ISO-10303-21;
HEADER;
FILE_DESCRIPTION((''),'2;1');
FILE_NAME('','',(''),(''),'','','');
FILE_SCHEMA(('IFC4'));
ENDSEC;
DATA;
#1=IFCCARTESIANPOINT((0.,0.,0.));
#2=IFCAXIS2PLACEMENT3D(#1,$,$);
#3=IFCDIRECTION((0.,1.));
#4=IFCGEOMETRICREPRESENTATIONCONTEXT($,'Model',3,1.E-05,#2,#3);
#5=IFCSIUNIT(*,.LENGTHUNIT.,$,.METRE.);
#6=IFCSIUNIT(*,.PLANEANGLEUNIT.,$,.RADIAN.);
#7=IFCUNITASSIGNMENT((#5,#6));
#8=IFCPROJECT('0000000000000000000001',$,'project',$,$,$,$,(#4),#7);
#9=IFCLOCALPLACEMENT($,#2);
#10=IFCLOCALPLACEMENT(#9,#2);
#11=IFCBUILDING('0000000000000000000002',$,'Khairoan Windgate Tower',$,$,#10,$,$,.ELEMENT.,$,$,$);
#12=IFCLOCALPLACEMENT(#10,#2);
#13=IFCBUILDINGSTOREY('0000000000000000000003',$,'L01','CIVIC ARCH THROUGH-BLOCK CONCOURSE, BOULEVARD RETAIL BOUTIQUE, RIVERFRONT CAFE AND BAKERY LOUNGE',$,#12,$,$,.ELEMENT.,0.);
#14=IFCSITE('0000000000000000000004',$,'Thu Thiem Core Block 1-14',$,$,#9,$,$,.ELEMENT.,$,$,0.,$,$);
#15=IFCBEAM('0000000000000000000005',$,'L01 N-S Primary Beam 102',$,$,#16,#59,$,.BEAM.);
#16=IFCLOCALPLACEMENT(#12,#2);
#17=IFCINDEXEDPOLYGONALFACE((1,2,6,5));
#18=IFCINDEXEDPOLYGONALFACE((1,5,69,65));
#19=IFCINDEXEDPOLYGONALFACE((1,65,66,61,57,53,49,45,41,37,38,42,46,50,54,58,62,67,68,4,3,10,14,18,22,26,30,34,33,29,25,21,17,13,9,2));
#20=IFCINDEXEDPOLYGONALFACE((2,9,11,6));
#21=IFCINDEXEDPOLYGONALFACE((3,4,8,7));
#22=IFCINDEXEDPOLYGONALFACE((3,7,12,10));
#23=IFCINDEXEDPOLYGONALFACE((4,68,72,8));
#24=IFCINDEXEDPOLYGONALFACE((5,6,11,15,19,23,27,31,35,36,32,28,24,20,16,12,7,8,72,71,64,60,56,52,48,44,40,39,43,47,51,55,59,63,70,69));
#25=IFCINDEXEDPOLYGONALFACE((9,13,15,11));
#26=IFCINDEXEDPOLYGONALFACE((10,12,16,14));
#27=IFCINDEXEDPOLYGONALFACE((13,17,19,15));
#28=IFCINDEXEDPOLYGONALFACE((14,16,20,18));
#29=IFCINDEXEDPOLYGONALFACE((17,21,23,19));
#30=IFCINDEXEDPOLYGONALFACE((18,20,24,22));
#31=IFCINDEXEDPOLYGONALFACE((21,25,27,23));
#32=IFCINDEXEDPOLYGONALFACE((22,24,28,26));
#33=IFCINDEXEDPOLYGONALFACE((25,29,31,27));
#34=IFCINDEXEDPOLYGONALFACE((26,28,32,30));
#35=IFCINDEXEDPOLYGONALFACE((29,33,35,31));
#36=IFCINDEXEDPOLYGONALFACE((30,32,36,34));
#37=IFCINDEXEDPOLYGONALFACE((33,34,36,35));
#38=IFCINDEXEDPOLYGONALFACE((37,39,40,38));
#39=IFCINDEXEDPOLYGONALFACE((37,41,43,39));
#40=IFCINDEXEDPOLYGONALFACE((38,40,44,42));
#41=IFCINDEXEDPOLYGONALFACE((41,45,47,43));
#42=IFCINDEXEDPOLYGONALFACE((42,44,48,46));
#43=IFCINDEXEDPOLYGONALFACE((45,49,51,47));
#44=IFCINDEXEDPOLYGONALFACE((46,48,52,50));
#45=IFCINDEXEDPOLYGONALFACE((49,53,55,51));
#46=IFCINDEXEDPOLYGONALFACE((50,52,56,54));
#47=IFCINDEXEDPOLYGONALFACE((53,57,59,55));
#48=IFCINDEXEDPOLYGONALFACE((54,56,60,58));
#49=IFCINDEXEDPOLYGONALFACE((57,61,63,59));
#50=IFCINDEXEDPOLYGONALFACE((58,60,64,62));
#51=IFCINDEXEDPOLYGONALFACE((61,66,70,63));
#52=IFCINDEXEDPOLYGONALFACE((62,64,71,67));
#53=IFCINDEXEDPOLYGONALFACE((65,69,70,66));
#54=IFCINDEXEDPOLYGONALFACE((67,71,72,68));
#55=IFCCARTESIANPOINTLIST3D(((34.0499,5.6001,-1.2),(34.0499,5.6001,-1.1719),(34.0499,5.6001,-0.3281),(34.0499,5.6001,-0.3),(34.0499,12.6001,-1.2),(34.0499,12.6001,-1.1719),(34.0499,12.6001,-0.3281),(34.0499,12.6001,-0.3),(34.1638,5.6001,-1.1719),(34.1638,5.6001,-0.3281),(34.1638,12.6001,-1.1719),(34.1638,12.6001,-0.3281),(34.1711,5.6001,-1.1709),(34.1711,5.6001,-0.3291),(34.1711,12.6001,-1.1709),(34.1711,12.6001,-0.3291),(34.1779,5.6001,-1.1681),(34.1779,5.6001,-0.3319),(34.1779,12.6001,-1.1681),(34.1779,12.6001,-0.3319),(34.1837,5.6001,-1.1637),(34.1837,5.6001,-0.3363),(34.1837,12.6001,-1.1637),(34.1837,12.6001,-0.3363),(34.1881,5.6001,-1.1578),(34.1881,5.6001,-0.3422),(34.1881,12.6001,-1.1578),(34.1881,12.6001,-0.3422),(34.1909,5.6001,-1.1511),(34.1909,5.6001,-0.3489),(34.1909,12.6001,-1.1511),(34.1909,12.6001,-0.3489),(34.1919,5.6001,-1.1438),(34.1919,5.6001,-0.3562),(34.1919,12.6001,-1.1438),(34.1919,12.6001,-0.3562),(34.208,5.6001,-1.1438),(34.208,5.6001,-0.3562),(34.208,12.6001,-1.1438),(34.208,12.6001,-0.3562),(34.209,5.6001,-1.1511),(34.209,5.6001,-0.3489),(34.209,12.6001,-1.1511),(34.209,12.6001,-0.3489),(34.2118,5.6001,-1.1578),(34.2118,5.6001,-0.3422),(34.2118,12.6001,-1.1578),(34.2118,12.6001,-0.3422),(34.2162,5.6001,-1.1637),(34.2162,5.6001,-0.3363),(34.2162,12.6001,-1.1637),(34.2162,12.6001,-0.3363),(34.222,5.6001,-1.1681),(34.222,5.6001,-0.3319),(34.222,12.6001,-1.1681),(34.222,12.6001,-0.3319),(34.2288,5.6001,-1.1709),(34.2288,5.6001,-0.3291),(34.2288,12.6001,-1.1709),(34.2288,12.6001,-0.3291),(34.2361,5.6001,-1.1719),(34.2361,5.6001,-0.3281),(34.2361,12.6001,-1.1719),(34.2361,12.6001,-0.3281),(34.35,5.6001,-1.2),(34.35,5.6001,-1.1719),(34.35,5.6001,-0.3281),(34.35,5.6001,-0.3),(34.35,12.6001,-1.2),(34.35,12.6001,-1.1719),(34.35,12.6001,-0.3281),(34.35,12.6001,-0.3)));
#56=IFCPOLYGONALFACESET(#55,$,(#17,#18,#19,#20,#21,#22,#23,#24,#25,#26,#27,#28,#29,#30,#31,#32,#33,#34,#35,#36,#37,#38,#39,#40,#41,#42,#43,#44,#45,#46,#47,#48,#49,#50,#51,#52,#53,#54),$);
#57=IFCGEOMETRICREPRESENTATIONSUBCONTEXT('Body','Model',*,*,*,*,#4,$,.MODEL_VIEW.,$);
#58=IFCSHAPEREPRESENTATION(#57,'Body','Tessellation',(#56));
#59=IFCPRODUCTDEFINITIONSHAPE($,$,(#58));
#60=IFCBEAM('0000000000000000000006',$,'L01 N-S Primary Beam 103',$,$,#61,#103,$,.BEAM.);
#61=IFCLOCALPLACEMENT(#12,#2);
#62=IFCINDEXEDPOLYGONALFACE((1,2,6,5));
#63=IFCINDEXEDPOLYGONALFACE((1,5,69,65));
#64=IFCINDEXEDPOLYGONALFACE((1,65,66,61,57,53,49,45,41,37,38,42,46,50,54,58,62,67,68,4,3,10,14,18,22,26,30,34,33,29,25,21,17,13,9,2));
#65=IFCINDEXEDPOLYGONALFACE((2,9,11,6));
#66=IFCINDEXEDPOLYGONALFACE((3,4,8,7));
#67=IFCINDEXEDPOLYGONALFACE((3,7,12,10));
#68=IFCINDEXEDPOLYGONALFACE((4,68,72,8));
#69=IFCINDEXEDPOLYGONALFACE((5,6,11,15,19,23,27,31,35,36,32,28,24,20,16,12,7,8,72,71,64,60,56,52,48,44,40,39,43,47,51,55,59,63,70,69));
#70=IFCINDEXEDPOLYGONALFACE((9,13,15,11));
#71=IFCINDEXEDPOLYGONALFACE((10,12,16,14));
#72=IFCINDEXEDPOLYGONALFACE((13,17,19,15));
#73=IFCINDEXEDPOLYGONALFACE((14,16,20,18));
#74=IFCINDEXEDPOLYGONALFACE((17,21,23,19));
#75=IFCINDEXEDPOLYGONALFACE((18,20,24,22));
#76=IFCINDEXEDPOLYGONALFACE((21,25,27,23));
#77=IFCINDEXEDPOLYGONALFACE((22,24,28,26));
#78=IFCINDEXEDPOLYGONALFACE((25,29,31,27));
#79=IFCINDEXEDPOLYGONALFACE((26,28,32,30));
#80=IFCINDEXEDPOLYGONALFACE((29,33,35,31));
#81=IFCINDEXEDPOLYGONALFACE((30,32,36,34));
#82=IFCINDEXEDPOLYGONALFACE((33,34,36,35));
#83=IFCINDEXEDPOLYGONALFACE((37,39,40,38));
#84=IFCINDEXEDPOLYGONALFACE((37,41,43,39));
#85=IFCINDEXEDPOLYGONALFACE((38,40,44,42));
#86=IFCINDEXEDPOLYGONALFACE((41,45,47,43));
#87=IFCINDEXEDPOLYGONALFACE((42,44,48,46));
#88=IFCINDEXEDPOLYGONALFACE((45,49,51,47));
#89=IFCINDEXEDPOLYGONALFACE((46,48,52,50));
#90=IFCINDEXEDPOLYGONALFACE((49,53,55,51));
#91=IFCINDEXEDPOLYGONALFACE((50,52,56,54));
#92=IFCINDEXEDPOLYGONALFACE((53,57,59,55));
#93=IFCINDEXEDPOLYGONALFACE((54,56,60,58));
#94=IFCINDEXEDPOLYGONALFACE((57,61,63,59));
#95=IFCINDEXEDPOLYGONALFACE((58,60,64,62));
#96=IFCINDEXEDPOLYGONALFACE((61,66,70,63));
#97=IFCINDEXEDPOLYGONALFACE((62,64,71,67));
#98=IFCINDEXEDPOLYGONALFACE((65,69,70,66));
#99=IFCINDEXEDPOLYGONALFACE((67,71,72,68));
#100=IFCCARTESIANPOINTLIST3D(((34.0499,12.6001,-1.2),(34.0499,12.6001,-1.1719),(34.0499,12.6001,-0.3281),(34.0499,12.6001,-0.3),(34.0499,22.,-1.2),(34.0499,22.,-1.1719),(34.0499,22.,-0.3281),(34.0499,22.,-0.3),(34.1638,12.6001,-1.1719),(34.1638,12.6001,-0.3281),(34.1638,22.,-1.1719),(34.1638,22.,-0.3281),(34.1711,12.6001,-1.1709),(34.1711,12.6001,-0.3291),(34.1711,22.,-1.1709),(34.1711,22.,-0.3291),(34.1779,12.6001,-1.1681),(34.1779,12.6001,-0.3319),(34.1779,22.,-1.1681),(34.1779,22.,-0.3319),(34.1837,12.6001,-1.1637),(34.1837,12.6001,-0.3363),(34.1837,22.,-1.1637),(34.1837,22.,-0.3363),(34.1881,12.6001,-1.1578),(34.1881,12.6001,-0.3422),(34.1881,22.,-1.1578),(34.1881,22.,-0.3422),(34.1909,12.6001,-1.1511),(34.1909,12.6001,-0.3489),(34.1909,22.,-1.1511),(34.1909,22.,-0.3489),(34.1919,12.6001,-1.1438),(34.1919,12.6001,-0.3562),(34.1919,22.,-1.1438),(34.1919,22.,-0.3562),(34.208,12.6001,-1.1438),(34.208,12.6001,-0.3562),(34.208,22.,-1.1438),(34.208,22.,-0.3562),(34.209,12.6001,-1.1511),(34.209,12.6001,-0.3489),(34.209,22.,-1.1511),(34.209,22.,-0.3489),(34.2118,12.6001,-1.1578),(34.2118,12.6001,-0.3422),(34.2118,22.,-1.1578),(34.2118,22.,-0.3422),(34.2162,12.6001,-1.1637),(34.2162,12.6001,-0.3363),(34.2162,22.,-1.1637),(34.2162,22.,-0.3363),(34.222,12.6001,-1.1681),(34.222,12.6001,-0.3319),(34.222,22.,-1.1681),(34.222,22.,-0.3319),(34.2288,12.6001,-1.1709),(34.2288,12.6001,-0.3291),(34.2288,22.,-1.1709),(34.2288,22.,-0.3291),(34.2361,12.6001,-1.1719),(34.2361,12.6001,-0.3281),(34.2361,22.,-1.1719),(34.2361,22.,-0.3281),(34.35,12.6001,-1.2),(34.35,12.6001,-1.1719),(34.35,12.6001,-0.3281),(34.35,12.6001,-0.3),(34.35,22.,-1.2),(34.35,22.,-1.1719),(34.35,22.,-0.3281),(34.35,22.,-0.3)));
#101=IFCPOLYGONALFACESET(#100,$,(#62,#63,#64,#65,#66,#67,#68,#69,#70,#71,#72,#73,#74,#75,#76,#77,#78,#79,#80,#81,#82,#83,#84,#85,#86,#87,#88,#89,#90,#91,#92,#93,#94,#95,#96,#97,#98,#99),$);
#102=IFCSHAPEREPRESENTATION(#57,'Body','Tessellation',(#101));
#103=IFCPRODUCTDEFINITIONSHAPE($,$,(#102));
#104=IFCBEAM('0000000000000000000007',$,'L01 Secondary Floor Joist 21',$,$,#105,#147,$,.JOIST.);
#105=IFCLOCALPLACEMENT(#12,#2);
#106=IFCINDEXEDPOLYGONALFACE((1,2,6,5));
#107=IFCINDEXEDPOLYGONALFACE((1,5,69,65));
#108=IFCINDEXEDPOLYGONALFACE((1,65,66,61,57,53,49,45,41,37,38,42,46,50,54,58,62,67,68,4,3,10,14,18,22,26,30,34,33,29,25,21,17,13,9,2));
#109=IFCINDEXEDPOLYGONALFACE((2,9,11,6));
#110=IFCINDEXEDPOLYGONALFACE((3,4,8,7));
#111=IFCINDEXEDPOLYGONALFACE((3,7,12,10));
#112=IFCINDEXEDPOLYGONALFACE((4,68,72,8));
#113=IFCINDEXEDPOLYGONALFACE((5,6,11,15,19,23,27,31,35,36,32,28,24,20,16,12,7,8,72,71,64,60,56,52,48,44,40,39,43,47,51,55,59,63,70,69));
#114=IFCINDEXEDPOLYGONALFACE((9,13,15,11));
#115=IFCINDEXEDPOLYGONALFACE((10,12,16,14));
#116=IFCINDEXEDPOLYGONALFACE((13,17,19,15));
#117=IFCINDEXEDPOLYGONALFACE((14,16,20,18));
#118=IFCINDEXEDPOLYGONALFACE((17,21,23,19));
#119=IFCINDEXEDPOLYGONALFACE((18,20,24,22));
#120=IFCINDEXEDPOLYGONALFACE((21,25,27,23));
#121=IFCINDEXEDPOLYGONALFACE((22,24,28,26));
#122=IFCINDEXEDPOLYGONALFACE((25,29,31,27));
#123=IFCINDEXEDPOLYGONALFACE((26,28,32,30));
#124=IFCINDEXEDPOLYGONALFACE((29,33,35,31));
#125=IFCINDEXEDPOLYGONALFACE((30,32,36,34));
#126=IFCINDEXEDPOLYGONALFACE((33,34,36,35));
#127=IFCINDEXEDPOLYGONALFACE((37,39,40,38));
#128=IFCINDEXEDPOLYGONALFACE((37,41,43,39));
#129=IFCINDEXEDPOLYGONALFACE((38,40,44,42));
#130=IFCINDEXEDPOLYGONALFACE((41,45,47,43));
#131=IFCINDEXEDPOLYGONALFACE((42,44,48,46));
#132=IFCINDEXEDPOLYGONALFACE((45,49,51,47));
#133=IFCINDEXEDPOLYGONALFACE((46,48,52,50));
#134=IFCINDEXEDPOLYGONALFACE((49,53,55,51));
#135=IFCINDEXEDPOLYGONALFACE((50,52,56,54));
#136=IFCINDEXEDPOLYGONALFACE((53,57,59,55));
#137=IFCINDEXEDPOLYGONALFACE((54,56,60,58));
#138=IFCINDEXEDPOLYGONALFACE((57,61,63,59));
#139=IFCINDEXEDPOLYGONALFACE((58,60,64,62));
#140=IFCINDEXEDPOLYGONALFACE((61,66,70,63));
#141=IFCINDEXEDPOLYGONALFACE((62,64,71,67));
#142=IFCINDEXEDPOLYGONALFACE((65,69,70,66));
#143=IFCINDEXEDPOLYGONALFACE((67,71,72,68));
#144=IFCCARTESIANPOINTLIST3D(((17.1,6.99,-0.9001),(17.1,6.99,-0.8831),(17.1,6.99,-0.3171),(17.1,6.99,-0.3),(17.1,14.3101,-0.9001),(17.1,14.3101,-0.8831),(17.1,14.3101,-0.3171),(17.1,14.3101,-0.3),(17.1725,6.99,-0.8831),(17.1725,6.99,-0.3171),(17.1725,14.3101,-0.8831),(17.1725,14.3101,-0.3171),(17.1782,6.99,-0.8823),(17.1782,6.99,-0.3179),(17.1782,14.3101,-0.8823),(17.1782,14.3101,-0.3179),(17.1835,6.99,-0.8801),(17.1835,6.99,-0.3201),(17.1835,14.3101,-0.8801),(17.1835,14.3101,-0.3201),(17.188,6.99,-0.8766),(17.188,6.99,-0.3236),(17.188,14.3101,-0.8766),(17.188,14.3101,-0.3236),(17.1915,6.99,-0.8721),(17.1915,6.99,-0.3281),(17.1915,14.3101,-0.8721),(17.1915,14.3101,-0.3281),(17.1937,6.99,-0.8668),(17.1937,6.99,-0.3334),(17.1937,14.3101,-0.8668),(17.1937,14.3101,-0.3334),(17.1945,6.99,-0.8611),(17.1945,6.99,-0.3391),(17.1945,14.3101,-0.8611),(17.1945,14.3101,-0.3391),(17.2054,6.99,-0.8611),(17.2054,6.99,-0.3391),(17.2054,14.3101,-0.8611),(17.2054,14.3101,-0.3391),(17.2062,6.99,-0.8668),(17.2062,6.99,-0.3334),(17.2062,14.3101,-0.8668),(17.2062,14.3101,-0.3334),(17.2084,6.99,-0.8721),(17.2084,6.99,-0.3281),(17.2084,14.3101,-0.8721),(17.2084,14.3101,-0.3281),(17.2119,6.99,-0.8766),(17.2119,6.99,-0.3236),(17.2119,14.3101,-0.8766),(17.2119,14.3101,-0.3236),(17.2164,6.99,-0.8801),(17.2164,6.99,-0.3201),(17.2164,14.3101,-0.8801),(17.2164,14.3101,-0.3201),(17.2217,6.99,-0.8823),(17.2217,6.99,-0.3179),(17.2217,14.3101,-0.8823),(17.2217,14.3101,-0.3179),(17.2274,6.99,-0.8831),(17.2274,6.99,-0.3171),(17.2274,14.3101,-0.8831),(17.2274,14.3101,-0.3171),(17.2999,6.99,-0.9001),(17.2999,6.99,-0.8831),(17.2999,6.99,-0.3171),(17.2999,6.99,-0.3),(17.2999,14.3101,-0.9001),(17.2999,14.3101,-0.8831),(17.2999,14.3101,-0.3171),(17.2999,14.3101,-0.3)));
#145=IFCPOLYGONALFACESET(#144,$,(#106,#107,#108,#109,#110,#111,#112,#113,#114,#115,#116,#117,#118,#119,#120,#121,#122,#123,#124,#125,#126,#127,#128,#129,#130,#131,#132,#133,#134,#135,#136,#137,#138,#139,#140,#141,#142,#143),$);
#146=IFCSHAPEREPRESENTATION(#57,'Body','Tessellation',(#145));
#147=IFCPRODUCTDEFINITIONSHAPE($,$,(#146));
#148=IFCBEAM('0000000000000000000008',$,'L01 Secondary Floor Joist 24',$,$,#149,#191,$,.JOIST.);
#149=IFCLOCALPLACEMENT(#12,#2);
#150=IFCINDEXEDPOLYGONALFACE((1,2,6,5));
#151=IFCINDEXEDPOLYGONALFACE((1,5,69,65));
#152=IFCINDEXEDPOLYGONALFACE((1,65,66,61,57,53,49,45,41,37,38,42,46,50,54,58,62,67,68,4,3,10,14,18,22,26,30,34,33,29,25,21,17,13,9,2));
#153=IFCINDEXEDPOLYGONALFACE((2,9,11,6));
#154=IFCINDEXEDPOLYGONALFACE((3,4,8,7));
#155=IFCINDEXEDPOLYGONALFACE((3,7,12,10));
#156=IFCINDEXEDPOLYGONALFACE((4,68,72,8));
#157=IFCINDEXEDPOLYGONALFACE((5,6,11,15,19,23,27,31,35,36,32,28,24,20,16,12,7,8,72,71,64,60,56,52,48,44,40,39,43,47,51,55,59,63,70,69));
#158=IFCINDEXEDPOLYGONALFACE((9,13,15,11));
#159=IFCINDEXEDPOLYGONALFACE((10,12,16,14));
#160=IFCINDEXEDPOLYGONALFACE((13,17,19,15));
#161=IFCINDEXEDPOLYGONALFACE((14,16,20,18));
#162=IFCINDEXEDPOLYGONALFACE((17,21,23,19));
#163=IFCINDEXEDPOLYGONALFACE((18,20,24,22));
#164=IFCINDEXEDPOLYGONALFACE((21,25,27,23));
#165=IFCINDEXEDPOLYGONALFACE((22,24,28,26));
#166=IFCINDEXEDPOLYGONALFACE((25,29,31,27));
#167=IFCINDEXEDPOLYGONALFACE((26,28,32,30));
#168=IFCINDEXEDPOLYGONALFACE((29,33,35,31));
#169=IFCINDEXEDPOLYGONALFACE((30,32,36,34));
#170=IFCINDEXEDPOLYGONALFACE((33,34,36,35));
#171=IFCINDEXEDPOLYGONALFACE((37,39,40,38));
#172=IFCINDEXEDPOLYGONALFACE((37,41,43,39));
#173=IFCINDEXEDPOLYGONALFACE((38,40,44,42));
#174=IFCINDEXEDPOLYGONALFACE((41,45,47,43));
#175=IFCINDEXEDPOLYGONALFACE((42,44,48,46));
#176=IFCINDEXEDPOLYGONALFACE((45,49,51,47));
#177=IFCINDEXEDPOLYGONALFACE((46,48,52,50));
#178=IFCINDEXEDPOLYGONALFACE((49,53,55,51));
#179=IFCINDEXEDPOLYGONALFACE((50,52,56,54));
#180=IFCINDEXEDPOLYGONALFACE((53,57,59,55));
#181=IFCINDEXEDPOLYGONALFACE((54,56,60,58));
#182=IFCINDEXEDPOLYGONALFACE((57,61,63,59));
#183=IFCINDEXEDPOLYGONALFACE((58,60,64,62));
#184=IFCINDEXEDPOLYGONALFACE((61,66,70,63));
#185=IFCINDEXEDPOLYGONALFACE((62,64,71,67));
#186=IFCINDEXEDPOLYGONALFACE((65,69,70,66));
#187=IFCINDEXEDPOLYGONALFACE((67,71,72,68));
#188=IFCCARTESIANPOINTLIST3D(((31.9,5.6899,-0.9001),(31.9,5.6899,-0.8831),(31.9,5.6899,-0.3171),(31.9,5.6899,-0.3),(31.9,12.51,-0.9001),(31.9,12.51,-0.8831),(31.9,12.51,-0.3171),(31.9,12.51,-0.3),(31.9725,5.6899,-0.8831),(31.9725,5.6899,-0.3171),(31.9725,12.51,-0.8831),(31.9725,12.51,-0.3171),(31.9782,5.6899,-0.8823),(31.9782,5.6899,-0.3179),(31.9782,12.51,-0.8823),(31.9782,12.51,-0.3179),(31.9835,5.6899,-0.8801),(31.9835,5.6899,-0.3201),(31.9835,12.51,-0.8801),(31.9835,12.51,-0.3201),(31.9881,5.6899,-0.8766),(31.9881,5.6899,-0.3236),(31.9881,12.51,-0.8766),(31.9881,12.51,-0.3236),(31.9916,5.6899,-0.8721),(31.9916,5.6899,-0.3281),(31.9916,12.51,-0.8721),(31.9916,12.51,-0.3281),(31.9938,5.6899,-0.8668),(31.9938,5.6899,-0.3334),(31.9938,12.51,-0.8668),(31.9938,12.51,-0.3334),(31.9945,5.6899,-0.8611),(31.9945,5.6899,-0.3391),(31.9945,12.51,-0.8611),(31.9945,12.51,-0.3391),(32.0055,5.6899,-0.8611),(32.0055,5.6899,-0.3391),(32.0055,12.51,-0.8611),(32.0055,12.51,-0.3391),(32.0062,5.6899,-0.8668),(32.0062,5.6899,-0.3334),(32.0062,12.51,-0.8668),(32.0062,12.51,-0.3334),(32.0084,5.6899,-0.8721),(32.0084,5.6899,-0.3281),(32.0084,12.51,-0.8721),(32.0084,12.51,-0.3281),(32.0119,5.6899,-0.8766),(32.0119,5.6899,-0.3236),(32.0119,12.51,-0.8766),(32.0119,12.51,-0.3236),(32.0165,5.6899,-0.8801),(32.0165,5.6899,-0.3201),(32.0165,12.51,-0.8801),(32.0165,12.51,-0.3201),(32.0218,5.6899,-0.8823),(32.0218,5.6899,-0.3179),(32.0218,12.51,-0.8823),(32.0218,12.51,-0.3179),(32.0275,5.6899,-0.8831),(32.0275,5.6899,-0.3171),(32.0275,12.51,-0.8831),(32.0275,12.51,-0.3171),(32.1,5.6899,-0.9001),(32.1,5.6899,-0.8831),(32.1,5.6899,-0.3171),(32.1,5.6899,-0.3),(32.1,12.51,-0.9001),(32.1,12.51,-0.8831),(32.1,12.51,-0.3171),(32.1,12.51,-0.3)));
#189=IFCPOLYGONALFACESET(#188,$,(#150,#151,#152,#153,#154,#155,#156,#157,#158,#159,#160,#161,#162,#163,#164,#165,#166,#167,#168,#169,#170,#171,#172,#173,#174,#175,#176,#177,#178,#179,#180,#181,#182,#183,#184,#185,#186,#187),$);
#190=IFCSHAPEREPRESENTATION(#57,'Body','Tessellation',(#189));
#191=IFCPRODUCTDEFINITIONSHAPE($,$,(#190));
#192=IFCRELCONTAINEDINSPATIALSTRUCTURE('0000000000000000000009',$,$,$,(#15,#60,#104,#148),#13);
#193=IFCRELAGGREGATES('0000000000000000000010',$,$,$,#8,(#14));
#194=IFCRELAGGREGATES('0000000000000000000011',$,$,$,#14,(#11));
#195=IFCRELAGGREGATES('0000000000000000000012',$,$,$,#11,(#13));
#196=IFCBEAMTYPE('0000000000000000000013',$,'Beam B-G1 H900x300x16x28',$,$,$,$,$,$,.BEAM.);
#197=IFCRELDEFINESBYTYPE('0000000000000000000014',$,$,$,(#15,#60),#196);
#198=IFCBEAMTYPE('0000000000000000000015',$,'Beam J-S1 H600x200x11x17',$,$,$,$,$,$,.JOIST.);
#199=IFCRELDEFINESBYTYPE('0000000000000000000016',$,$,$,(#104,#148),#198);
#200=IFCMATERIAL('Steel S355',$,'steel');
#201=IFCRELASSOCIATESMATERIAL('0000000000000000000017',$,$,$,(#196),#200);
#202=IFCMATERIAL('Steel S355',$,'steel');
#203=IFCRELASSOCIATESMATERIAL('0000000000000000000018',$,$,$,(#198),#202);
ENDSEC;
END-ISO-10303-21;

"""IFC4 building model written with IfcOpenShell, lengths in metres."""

from ifc_helpers import new_model, si_unit, direction, frame, origin, origin_2d, place, context, subcontext, project, spatial, i_section, extrude, material, material_profile, profile_set, type_object, element, save


model = new_model("IFC4")

# Units and contexts
model_context = context("Model", 3, precision=1e-05, world=origin(), true_north=direction((0.0, 1.0)))
body_context = subcontext(model_context, "Body", "Model", "MODEL_VIEW")
ifc_project = project(units=[si_unit("LENGTHUNIT", "METRE"), si_unit("PLANEANGLEUNIT", "RADIAN")], contexts=[model_context])

# Site, building, storey
site_placement = place(None, origin())
site = spatial("IfcSite", under=ifc_project, at=site_placement, Name="Thu Thiem Core Block 1-14", CompositionType="ELEMENT", RefElevation=0.0)
building_placement = place(site_placement, origin())
building = spatial("IfcBuilding", under=site, at=building_placement, Name="Khairoan Windgate Tower", CompositionType="ELEMENT")
storey_placement = place(building_placement, origin())
storey = spatial("IfcBuildingStorey", under=building, at=storey_placement, Name="L01", Description="CIVIC ARCH THROUGH-BLOCK CONCOURSE, BOULEVARD RETAIL BOUTIQUE, RIVERFRONT CAFE AND BAKERY LOUNGE", CompositionType="ELEMENT", Elevation=0.0)

# Beams
ifc_material_1 = material(Name="Steel S355", Category="steel")
ifc_material_profile_1 = material_profile(ifc_material_1, i_section(OverallWidth=0.3, OverallDepth=0.8999, WebThickness=0.0161, FlangeThickness=0.0281, FilletRadius=0.0281, at=origin_2d()))
ifc_profile_set_1 = profile_set([ifc_material_profile_1], Name="Steel S355")
beam_type_1 = type_object("IfcBeamType", Name="Beam B-G1 H900x300x16x28", PredefinedType="BEAM", material=ifc_profile_set_1)
beam_1_placement = place(storey_placement, frame((34.2, 5.6001, -0.75), z_axis=(0.0, 1.0, 0.0), x_axis=(-1.0, 0.0, 0.0)))
element("IfcBeam", 1, at=beam_1_placement, inside=storey, type_object=beam_type_1, Name="L01 N-S Primary Beam 102", PredefinedType="BEAM", context=body_context, shape_type="SweptSolid", body=[
    extrude(i_section(OverallWidth=0.3, OverallDepth=0.8999, WebThickness=0.0161, FlangeThickness=0.0281, FilletRadius=0.0281, at=origin_2d()), origin(), (0.0, 0.0, 1.0), 7.0),
])
beam_2_placement = place(storey_placement, frame((34.2, 12.6001, -0.75), z_axis=(0.0, 1.0, 0.0), x_axis=(-1.0, 0.0, 0.0)))
element("IfcBeam", 2, at=beam_2_placement, inside=storey, type_object=beam_type_1, Name="L01 N-S Primary Beam 103", PredefinedType="BEAM", context=body_context, shape_type="SweptSolid", body=[
    extrude(i_section(OverallWidth=0.3, OverallDepth=0.8999, WebThickness=0.0161, FlangeThickness=0.0281, FilletRadius=0.0281, at=origin_2d()), origin(), (0.0, 0.0, 1.0), 9.3999),
])
ifc_material_2 = material(Name="Steel S355", Category="steel")
ifc_material_profile_2 = material_profile(ifc_material_2, i_section(OverallWidth=0.2, OverallDepth=0.6001, WebThickness=0.011, FlangeThickness=0.0171, FilletRadius=0.022, at=origin_2d()))
ifc_profile_set_2 = profile_set([ifc_material_profile_2], Name="Steel S355")
beam_type_2 = type_object("IfcBeamType", Name="Beam J-S1 H600x200x11x17", PredefinedType="JOIST", material=ifc_profile_set_2)
beam_3_placement = place(storey_placement, frame((17.2, 6.99, -0.6001), z_axis=(0.0, 1.0, 0.0), x_axis=(-1.0, 0.0, 0.0)))
element("IfcBeam", 3, at=beam_3_placement, inside=storey, type_object=beam_type_2, Name="L01 Secondary Floor Joist 21", PredefinedType="JOIST", context=body_context, shape_type="SweptSolid", body=[
    extrude(i_section(OverallWidth=0.2, OverallDepth=0.6001, WebThickness=0.011, FlangeThickness=0.0171, FilletRadius=0.022, at=origin_2d()), origin(), (0.0, 0.0, 1.0), 7.3201),
])
beam_4_placement = place(storey_placement, frame((32.0, 5.6899, -0.6001), z_axis=(0.0, 1.0, 0.0), x_axis=(-1.0, 0.0, 0.0)))
element("IfcBeam", 4, at=beam_4_placement, inside=storey, type_object=beam_type_2, Name="L01 Secondary Floor Joist 24", PredefinedType="JOIST", context=body_context, shape_type="SweptSolid", body=[
    extrude(i_section(OverallWidth=0.2, OverallDepth=0.6001, WebThickness=0.011, FlangeThickness=0.0171, FilletRadius=0.022, at=origin_2d()), origin(), (0.0, 0.0, 1.0), 6.8201),
])

save(model, "model.ifc")
